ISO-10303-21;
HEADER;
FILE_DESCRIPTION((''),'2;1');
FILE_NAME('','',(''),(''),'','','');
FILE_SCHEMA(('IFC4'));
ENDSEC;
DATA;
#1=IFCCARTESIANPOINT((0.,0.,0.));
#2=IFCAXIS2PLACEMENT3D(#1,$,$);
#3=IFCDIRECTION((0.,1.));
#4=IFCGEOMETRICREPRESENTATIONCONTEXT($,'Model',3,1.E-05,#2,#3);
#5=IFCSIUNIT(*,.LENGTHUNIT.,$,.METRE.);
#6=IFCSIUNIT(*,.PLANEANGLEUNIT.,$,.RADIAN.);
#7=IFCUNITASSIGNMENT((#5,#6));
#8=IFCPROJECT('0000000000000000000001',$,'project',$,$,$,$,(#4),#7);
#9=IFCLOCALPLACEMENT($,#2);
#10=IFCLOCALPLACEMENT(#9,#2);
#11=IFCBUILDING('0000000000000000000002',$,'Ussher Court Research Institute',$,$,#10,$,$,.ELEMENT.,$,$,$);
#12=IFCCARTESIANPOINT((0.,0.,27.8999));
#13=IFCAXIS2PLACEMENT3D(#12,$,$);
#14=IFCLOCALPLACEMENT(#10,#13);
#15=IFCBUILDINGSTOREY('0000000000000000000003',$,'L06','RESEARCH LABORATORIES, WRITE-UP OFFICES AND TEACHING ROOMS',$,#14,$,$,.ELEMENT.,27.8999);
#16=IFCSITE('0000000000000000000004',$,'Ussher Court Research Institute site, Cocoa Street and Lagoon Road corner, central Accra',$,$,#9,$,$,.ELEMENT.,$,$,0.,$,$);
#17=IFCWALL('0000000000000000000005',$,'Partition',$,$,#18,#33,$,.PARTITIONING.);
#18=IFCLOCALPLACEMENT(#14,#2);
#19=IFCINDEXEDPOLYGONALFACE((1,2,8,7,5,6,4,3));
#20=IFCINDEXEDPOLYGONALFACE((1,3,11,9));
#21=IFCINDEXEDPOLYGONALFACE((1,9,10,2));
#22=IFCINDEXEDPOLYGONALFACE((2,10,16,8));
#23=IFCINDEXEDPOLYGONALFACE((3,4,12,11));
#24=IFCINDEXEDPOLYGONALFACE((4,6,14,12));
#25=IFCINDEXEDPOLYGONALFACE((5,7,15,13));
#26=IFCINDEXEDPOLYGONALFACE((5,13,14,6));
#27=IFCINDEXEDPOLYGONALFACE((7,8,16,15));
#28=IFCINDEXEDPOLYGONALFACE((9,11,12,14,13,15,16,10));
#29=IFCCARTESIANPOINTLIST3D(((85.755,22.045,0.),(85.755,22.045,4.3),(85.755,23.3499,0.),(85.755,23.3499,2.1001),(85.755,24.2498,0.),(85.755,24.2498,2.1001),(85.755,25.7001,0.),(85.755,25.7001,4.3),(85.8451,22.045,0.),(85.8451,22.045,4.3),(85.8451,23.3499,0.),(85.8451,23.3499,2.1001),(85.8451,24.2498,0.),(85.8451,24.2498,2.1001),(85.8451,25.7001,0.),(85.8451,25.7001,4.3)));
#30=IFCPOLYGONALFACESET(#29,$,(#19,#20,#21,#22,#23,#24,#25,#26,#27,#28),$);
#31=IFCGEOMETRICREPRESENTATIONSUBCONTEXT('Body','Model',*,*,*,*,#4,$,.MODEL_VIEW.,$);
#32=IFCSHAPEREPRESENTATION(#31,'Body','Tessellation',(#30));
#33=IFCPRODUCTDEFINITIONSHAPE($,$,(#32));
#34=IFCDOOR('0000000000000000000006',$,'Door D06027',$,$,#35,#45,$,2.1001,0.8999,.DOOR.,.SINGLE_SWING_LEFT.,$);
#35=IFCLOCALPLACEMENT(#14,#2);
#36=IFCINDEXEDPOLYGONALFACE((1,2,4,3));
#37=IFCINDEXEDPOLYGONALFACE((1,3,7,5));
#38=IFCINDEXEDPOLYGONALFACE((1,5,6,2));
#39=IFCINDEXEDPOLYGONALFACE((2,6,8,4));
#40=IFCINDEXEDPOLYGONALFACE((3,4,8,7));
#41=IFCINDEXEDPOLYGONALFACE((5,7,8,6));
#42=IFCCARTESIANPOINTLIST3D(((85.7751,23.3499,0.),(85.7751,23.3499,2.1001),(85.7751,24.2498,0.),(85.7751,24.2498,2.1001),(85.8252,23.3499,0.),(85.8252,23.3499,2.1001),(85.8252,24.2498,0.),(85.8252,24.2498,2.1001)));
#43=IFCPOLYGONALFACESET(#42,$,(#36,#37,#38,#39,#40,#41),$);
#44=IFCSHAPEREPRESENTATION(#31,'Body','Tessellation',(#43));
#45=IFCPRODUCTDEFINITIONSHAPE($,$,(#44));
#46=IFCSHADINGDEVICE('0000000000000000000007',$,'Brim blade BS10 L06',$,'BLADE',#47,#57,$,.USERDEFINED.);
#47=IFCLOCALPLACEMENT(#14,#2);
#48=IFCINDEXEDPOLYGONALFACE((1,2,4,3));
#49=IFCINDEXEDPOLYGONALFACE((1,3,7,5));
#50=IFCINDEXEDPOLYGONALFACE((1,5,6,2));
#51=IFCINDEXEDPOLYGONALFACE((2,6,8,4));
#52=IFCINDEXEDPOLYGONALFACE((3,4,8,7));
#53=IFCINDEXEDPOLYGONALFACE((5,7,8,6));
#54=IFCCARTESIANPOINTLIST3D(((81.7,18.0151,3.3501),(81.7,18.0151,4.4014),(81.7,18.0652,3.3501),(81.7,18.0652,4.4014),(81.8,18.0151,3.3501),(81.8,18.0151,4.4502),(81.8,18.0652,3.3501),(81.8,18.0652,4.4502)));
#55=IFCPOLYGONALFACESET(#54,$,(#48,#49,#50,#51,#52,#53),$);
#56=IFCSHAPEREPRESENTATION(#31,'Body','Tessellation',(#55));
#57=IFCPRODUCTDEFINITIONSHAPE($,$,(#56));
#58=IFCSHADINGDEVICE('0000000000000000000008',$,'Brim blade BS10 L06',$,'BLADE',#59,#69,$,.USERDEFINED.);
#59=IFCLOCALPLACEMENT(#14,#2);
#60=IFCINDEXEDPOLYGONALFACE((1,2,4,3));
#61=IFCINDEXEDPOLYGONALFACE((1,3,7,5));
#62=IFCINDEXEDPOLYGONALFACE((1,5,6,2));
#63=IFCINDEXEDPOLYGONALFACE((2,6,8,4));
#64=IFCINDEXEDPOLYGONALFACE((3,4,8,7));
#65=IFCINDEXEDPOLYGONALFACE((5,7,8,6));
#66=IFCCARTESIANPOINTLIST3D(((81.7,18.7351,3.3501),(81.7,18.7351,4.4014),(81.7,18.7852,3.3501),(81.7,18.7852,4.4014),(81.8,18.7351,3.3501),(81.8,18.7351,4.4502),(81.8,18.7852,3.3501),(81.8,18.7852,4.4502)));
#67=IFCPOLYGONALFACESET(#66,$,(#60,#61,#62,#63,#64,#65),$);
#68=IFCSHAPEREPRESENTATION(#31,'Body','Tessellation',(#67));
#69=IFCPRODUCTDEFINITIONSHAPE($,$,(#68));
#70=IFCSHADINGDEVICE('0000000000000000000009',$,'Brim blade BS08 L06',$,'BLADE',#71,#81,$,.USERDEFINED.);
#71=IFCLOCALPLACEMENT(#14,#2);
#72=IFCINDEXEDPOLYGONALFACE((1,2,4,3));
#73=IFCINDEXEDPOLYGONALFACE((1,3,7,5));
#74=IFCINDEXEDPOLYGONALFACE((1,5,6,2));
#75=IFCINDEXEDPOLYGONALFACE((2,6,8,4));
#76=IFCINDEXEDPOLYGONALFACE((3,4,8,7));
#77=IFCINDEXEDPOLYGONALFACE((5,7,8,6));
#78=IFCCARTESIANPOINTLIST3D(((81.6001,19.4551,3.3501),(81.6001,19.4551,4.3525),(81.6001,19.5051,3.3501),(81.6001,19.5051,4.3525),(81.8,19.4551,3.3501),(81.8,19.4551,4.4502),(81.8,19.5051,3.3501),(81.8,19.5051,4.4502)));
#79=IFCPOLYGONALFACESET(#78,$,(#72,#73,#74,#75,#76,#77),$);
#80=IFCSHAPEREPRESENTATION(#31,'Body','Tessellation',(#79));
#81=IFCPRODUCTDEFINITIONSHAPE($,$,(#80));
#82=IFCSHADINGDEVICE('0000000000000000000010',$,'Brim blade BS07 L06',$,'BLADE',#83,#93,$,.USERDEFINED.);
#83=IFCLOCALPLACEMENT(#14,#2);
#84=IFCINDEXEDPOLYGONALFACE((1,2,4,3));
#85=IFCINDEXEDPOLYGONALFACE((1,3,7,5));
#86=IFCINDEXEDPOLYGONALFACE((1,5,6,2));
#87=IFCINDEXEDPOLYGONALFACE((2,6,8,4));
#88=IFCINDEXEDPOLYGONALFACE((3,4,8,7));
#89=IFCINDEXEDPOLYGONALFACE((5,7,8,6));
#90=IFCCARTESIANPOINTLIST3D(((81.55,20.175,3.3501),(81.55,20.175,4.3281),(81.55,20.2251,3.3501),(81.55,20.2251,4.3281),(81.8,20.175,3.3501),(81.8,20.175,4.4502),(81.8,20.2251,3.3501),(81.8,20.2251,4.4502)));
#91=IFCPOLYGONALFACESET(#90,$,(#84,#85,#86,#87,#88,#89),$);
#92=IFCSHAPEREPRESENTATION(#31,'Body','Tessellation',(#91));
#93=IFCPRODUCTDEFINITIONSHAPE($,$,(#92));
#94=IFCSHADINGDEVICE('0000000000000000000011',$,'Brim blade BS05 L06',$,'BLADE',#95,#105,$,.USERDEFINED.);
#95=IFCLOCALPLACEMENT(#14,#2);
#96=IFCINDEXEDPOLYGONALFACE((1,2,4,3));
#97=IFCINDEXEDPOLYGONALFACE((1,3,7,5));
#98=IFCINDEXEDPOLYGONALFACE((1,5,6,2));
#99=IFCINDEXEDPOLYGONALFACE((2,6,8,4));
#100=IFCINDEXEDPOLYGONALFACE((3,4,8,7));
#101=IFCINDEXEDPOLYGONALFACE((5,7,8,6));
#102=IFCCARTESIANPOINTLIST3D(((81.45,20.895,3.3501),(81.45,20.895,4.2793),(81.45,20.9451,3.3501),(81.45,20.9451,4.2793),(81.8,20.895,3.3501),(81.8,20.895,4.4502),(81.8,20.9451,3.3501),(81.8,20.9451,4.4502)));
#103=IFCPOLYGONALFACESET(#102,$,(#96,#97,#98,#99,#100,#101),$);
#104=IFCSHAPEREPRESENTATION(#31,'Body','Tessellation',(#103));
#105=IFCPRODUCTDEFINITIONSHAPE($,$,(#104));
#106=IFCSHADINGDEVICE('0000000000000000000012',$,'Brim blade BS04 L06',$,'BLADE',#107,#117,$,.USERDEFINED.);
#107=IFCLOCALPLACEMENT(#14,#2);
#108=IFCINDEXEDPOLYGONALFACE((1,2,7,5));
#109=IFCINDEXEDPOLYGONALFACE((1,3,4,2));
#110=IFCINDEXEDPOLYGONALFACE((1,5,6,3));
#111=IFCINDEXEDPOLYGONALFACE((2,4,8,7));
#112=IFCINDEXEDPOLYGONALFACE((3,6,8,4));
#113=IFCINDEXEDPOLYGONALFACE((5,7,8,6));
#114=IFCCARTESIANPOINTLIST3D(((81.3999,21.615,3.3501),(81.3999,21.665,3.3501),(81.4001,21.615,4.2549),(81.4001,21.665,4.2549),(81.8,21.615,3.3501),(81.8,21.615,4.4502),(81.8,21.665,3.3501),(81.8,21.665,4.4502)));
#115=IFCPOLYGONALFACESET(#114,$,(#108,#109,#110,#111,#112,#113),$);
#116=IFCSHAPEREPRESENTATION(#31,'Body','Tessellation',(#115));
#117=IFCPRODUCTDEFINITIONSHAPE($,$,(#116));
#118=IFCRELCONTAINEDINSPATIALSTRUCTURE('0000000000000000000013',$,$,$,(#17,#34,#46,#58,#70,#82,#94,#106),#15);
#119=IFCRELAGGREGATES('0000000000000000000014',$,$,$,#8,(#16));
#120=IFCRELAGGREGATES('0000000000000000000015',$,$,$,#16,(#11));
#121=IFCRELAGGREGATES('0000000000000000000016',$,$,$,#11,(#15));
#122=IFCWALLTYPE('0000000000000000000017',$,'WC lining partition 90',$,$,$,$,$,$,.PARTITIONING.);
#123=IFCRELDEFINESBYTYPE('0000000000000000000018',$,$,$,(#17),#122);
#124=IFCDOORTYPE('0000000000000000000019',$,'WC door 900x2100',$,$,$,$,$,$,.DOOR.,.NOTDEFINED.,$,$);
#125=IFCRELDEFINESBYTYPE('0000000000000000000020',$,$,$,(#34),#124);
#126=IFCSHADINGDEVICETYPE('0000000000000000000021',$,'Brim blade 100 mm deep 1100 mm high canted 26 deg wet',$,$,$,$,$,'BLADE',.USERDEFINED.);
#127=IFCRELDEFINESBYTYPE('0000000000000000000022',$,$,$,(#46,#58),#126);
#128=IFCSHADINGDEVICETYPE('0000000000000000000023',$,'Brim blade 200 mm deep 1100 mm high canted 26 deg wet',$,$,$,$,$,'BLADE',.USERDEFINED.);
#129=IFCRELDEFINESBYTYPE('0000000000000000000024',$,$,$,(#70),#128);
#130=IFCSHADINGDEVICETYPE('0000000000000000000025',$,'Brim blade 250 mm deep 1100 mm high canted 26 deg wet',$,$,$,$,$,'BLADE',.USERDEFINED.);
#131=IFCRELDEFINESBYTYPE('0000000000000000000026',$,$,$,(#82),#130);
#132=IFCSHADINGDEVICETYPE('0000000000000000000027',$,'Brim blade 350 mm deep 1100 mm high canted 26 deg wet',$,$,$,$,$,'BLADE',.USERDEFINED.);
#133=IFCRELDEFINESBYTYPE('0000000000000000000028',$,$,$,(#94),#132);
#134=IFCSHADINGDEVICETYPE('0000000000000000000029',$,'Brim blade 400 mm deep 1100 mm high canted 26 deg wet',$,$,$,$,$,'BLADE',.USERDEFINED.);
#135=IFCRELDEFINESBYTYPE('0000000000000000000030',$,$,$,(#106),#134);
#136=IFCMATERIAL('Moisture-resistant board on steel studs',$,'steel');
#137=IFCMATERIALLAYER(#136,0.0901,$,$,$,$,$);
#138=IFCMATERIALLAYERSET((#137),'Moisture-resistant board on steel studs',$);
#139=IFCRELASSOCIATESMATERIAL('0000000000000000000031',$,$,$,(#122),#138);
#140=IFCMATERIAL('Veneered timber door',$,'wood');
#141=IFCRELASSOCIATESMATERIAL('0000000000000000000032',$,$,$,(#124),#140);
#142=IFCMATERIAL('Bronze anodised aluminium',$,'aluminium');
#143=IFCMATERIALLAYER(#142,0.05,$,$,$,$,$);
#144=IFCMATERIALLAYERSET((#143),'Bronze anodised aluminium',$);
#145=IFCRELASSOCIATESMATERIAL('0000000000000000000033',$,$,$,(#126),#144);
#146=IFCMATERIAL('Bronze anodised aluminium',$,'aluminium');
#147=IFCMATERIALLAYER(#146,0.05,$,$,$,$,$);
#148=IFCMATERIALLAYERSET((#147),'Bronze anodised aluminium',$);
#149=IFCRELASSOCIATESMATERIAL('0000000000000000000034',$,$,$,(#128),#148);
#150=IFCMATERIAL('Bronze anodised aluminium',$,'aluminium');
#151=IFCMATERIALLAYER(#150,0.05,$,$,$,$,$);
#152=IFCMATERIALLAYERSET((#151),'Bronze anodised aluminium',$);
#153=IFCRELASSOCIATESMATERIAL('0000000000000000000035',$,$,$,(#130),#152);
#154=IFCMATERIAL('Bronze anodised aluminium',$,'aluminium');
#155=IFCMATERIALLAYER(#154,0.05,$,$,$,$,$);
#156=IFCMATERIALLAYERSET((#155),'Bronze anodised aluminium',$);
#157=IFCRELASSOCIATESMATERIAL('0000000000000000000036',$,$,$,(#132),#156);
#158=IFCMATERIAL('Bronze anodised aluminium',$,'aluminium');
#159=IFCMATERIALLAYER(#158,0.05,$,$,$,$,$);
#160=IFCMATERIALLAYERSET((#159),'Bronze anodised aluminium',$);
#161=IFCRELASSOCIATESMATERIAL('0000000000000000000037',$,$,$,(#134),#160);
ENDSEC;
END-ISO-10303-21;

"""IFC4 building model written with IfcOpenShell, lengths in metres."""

from ifc_helpers import new_model, si_unit, direction, frame, frame_2d, origin, place, context, subcontext, project, spatial, polyline, rectangle, outline, extrude, material, layer, layer_set, type_object, element, fill, save


model = new_model("IFC4")

# Units and contexts
model_context = context("Model", 3, precision=1e-05, world=origin(), true_north=direction((0.0, 1.0)))
body_context = subcontext(model_context, "Body", "Model", "MODEL_VIEW")
ifc_project = project(units=[si_unit("LENGTHUNIT", "METRE"), si_unit("PLANEANGLEUNIT", "RADIAN")], contexts=[model_context])

# Site, building, storey
site_placement = place(None, origin())
site = spatial("IfcSite", under=ifc_project, at=site_placement, Name="Ussher Court Research Institute site, Cocoa Street and Lagoon Road corner, central Accra", CompositionType="ELEMENT", RefElevation=0.0)
building_placement = place(site_placement, origin())
building = spatial("IfcBuilding", under=site, at=building_placement, Name="Ussher Court Research Institute", CompositionType="ELEMENT")
storey_placement = place(building_placement, frame((0.0, 0.0, 27.8999)))
storey = spatial("IfcBuildingStorey", under=building, at=storey_placement, Name="L06", Description="RESEARCH LABORATORIES, WRITE-UP OFFICES AND TEACHING ROOMS", CompositionType="ELEMENT", Elevation=27.8999)

# Shared definitions
ifc_material_1 = material(Name="Moisture-resistant board on steel studs", Category="steel")
ifc_layer_1 = layer(ifc_material_1, 0.0901)
ifc_layer_set_1 = layer_set([ifc_layer_1], Name="Moisture-resistant board on steel studs")
wall_type_1 = type_object("IfcWallType", Name="WC lining partition 90", PredefinedType="PARTITIONING", material=ifc_layer_set_1)

# Wall, opening, door
ifc_material_2 = material(Name="Veneered timber door", Category="wood")
door_type = type_object("IfcDoorType", Name="WC door 900x2100", OperationType="NOTDEFINED", PredefinedType="DOOR", material=ifc_material_2)
wall_1_placement = place(storey_placement, frame((85.8, 22.0449, 0.0), z_axis=(0.0, 0.0, 1.0), x_axis=(0.0, 1.0, 0.0)))
wall_1 = element("IfcWall", 1, at=wall_1_placement, inside=storey, type_object=wall_type_1, Name="Partition", PredefinedType="PARTITIONING", context=body_context, shape_type="SweptSolid", body=[
    extrude(rectangle(XDim=3.655, YDim=0.0901, at=frame_2d((1.8276, 0.0))), origin(), (0.0, 0.0, 1.0), 4.3),
])
opening_1_placement = place(wall_1_placement, frame((1.3049, 0.0, 0.0)))
opening_1 = element("IfcOpeningElement", 2, at=opening_1_placement, cuts=wall_1, PredefinedType="OPENING", context=body_context, shape_type="SweptSolid", body=[
    extrude(rectangle(XDim=0.8999, YDim=2.1001, at=frame_2d((0.45, 1.05))), frame((0.0, 0.0552, 0.0), z_axis=(0.0, -1.0, 0.0), x_axis=(1.0, 0.0, 0.0)), (0.0, 0.0, 1.0), 0.1101),
])
door_1_placement = place(opening_1_placement, origin())
door_1 = element("IfcDoor", 3, at=door_1_placement, inside=storey, type_object=door_type, Name="Door D06027", OperationType="SINGLE_SWING_LEFT", OverallHeight=2.1001, OverallWidth=0.8999, PredefinedType="DOOR", context=body_context, shape_type="SweptSolid", body=[
    extrude(rectangle(XDim=0.8999, YDim=2.1001, at=frame_2d((0.45, 1.05))), frame((0.0, 0.0249, 0.0), z_axis=(0.0, -1.0, 0.0), x_axis=(1.0, 0.0, 0.0)), (0.0, 0.0, 1.0), 0.05),
])
fill(opening_1, door_1)

# Shading devices
ifc_material_3 = material(Name="Bronze anodised aluminium", Category="aluminium")
ifc_layer_2 = layer(ifc_material_3, 0.05)
ifc_layer_set_2 = layer_set([ifc_layer_2], Name="Bronze anodised aluminium")
shading_device_type_1 = type_object("IfcShadingDeviceType", Name="Brim blade 100 mm deep 1100 mm high canted 26 deg wet", ElementType="BLADE", PredefinedType="USERDEFINED", material=ifc_layer_set_2)
for number, where, z_axis, x_axis, name in (
    (4, (81.8, 18.04, 3.3501), (0.0, 0.0, 1.0), (-1.0, 0.0, 0.0), "Brim blade BS10 L06"),
    (5, (81.8, 18.76, 3.3501), (0.0, 0.0, 1.0), (-1.0, 0.0, 0.0), "Brim blade BS10 L06"),
):
    element("IfcShadingDevice", number, at=place(storey_placement, frame(where, z_axis=z_axis, x_axis=x_axis)), inside=storey, type_object=shading_device_type_1, Name=name, ObjectType="BLADE", PredefinedType="USERDEFINED", context=body_context, shape_type="SweptSolid", body=[
        extrude(outline(polyline([(0.0, 0.0), (0.1001, 0.0), (0.1001, 1.0513), (0.0, 1.1001), (0.0, 0.0)])), frame((0.0, 0.0249, 0.0), z_axis=(0.0, -1.0, 0.0), x_axis=(1.0, 0.0, 0.0)), (0.0, 0.0, 1.0), 0.05),
    ])
ifc_material_4 = material(Name="Bronze anodised aluminium", Category="aluminium")
ifc_layer_3 = layer(ifc_material_4, 0.05)
ifc_layer_set_3 = layer_set([ifc_layer_3], Name="Bronze anodised aluminium")
shading_device_type_2 = type_object("IfcShadingDeviceType", Name="Brim blade 200 mm deep 1100 mm high canted 26 deg wet", ElementType="BLADE", PredefinedType="USERDEFINED", material=ifc_layer_set_3)
shading_device_1_placement = place(storey_placement, frame((81.8, 19.48, 3.3501), z_axis=(0.0, 0.0, 1.0), x_axis=(-1.0, 0.0, 0.0)))
element("IfcShadingDevice", 6, at=shading_device_1_placement, inside=storey, type_object=shading_device_type_2, Name="Brim blade BS08 L06", ObjectType="BLADE", PredefinedType="USERDEFINED", context=body_context, shape_type="SweptSolid", body=[
    extrude(outline(polyline([(0.0, 0.0), (0.2, 0.0), (0.2, 1.0024), (0.0, 1.1001), (0.0, 0.0)])), frame((0.0, 0.0249, 0.0), z_axis=(0.0, -1.0, 0.0), x_axis=(1.0, 0.0, 0.0)), (0.0, 0.0, 1.0), 0.05),
])
ifc_material_5 = material(Name="Bronze anodised aluminium", Category="aluminium")
ifc_layer_4 = layer(ifc_material_5, 0.05)
ifc_layer_set_4 = layer_set([ifc_layer_4], Name="Bronze anodised aluminium")
shading_device_type_3 = type_object("IfcShadingDeviceType", Name="Brim blade 250 mm deep 1100 mm high canted 26 deg wet", ElementType="BLADE", PredefinedType="USERDEFINED", material=ifc_layer_set_4)
shading_device_2_placement = place(storey_placement, frame((81.8, 20.2, 3.3501), z_axis=(0.0, 0.0, 1.0), x_axis=(-1.0, 0.0, 0.0)))
element("IfcShadingDevice", 7, at=shading_device_2_placement, inside=storey, type_object=shading_device_type_3, Name="Brim blade BS07 L06", ObjectType="BLADE", PredefinedType="USERDEFINED", context=body_context, shape_type="SweptSolid", body=[
    extrude(outline(polyline([(0.0, 0.0), (0.25, 0.0), (0.25, 0.978), (0.0, 1.1001), (0.0, 0.0)])), frame((0.0, 0.0249, 0.0), z_axis=(0.0, -1.0, 0.0), x_axis=(1.0, 0.0, 0.0)), (0.0, 0.0, 1.0), 0.05),
])
ifc_material_6 = material(Name="Bronze anodised aluminium", Category="aluminium")
ifc_layer_5 = layer(ifc_material_6, 0.05)
ifc_layer_set_5 = layer_set([ifc_layer_5], Name="Bronze anodised aluminium")
shading_device_type_4 = type_object("IfcShadingDeviceType", Name="Brim blade 350 mm deep 1100 mm high canted 26 deg wet", ElementType="BLADE", PredefinedType="USERDEFINED", material=ifc_layer_set_5)
shading_device_3_placement = place(storey_placement, frame((81.8, 20.9199, 3.3501), z_axis=(0.0, 0.0, 1.0), x_axis=(-1.0, 0.0, 0.0)))
element("IfcShadingDevice", 8, at=shading_device_3_placement, inside=storey, type_object=shading_device_type_4, Name="Brim blade BS05 L06", ObjectType="BLADE", PredefinedType="USERDEFINED", context=body_context, shape_type="SweptSolid", body=[
    extrude(outline(polyline([(0.0, 0.0), (0.3501, 0.0), (0.3501, 0.9292), (0.0, 1.1001), (0.0, 0.0)])), frame((0.0, 0.0249, 0.0), z_axis=(0.0, -1.0, 0.0), x_axis=(1.0, 0.0, 0.0)), (0.0, 0.0, 1.0), 0.05),
])
ifc_material_7 = material(Name="Bronze anodised aluminium", Category="aluminium")
ifc_layer_6 = layer(ifc_material_7, 0.05)
ifc_layer_set_6 = layer_set([ifc_layer_6], Name="Bronze anodised aluminium")
shading_device_type_5 = type_object("IfcShadingDeviceType", Name="Brim blade 400 mm deep 1100 mm high canted 26 deg wet", ElementType="BLADE", PredefinedType="USERDEFINED", material=ifc_layer_set_6)
shading_device_4_placement = place(storey_placement, frame((81.8, 21.6399, 3.3501), z_axis=(0.0, 0.0, 1.0), x_axis=(-1.0, 0.0, 0.0)))
element("IfcShadingDevice", 9, at=shading_device_4_placement, inside=storey, type_object=shading_device_type_5, Name="Brim blade BS04 L06", ObjectType="BLADE", PredefinedType="USERDEFINED", context=body_context, shape_type="SweptSolid", body=[
    extrude(outline(polyline([(0.0, 0.0), (0.4001, 0.0), (0.3999, 0.9048), (0.0, 1.1001), (0.0, 0.0)])), frame((0.0, 0.0249, 0.0), z_axis=(0.0, -1.0, 0.0), x_axis=(1.0, 0.0, 0.0)), (0.0, 0.0, 1.0), 0.05),
])

save(model, "model.ifc")
